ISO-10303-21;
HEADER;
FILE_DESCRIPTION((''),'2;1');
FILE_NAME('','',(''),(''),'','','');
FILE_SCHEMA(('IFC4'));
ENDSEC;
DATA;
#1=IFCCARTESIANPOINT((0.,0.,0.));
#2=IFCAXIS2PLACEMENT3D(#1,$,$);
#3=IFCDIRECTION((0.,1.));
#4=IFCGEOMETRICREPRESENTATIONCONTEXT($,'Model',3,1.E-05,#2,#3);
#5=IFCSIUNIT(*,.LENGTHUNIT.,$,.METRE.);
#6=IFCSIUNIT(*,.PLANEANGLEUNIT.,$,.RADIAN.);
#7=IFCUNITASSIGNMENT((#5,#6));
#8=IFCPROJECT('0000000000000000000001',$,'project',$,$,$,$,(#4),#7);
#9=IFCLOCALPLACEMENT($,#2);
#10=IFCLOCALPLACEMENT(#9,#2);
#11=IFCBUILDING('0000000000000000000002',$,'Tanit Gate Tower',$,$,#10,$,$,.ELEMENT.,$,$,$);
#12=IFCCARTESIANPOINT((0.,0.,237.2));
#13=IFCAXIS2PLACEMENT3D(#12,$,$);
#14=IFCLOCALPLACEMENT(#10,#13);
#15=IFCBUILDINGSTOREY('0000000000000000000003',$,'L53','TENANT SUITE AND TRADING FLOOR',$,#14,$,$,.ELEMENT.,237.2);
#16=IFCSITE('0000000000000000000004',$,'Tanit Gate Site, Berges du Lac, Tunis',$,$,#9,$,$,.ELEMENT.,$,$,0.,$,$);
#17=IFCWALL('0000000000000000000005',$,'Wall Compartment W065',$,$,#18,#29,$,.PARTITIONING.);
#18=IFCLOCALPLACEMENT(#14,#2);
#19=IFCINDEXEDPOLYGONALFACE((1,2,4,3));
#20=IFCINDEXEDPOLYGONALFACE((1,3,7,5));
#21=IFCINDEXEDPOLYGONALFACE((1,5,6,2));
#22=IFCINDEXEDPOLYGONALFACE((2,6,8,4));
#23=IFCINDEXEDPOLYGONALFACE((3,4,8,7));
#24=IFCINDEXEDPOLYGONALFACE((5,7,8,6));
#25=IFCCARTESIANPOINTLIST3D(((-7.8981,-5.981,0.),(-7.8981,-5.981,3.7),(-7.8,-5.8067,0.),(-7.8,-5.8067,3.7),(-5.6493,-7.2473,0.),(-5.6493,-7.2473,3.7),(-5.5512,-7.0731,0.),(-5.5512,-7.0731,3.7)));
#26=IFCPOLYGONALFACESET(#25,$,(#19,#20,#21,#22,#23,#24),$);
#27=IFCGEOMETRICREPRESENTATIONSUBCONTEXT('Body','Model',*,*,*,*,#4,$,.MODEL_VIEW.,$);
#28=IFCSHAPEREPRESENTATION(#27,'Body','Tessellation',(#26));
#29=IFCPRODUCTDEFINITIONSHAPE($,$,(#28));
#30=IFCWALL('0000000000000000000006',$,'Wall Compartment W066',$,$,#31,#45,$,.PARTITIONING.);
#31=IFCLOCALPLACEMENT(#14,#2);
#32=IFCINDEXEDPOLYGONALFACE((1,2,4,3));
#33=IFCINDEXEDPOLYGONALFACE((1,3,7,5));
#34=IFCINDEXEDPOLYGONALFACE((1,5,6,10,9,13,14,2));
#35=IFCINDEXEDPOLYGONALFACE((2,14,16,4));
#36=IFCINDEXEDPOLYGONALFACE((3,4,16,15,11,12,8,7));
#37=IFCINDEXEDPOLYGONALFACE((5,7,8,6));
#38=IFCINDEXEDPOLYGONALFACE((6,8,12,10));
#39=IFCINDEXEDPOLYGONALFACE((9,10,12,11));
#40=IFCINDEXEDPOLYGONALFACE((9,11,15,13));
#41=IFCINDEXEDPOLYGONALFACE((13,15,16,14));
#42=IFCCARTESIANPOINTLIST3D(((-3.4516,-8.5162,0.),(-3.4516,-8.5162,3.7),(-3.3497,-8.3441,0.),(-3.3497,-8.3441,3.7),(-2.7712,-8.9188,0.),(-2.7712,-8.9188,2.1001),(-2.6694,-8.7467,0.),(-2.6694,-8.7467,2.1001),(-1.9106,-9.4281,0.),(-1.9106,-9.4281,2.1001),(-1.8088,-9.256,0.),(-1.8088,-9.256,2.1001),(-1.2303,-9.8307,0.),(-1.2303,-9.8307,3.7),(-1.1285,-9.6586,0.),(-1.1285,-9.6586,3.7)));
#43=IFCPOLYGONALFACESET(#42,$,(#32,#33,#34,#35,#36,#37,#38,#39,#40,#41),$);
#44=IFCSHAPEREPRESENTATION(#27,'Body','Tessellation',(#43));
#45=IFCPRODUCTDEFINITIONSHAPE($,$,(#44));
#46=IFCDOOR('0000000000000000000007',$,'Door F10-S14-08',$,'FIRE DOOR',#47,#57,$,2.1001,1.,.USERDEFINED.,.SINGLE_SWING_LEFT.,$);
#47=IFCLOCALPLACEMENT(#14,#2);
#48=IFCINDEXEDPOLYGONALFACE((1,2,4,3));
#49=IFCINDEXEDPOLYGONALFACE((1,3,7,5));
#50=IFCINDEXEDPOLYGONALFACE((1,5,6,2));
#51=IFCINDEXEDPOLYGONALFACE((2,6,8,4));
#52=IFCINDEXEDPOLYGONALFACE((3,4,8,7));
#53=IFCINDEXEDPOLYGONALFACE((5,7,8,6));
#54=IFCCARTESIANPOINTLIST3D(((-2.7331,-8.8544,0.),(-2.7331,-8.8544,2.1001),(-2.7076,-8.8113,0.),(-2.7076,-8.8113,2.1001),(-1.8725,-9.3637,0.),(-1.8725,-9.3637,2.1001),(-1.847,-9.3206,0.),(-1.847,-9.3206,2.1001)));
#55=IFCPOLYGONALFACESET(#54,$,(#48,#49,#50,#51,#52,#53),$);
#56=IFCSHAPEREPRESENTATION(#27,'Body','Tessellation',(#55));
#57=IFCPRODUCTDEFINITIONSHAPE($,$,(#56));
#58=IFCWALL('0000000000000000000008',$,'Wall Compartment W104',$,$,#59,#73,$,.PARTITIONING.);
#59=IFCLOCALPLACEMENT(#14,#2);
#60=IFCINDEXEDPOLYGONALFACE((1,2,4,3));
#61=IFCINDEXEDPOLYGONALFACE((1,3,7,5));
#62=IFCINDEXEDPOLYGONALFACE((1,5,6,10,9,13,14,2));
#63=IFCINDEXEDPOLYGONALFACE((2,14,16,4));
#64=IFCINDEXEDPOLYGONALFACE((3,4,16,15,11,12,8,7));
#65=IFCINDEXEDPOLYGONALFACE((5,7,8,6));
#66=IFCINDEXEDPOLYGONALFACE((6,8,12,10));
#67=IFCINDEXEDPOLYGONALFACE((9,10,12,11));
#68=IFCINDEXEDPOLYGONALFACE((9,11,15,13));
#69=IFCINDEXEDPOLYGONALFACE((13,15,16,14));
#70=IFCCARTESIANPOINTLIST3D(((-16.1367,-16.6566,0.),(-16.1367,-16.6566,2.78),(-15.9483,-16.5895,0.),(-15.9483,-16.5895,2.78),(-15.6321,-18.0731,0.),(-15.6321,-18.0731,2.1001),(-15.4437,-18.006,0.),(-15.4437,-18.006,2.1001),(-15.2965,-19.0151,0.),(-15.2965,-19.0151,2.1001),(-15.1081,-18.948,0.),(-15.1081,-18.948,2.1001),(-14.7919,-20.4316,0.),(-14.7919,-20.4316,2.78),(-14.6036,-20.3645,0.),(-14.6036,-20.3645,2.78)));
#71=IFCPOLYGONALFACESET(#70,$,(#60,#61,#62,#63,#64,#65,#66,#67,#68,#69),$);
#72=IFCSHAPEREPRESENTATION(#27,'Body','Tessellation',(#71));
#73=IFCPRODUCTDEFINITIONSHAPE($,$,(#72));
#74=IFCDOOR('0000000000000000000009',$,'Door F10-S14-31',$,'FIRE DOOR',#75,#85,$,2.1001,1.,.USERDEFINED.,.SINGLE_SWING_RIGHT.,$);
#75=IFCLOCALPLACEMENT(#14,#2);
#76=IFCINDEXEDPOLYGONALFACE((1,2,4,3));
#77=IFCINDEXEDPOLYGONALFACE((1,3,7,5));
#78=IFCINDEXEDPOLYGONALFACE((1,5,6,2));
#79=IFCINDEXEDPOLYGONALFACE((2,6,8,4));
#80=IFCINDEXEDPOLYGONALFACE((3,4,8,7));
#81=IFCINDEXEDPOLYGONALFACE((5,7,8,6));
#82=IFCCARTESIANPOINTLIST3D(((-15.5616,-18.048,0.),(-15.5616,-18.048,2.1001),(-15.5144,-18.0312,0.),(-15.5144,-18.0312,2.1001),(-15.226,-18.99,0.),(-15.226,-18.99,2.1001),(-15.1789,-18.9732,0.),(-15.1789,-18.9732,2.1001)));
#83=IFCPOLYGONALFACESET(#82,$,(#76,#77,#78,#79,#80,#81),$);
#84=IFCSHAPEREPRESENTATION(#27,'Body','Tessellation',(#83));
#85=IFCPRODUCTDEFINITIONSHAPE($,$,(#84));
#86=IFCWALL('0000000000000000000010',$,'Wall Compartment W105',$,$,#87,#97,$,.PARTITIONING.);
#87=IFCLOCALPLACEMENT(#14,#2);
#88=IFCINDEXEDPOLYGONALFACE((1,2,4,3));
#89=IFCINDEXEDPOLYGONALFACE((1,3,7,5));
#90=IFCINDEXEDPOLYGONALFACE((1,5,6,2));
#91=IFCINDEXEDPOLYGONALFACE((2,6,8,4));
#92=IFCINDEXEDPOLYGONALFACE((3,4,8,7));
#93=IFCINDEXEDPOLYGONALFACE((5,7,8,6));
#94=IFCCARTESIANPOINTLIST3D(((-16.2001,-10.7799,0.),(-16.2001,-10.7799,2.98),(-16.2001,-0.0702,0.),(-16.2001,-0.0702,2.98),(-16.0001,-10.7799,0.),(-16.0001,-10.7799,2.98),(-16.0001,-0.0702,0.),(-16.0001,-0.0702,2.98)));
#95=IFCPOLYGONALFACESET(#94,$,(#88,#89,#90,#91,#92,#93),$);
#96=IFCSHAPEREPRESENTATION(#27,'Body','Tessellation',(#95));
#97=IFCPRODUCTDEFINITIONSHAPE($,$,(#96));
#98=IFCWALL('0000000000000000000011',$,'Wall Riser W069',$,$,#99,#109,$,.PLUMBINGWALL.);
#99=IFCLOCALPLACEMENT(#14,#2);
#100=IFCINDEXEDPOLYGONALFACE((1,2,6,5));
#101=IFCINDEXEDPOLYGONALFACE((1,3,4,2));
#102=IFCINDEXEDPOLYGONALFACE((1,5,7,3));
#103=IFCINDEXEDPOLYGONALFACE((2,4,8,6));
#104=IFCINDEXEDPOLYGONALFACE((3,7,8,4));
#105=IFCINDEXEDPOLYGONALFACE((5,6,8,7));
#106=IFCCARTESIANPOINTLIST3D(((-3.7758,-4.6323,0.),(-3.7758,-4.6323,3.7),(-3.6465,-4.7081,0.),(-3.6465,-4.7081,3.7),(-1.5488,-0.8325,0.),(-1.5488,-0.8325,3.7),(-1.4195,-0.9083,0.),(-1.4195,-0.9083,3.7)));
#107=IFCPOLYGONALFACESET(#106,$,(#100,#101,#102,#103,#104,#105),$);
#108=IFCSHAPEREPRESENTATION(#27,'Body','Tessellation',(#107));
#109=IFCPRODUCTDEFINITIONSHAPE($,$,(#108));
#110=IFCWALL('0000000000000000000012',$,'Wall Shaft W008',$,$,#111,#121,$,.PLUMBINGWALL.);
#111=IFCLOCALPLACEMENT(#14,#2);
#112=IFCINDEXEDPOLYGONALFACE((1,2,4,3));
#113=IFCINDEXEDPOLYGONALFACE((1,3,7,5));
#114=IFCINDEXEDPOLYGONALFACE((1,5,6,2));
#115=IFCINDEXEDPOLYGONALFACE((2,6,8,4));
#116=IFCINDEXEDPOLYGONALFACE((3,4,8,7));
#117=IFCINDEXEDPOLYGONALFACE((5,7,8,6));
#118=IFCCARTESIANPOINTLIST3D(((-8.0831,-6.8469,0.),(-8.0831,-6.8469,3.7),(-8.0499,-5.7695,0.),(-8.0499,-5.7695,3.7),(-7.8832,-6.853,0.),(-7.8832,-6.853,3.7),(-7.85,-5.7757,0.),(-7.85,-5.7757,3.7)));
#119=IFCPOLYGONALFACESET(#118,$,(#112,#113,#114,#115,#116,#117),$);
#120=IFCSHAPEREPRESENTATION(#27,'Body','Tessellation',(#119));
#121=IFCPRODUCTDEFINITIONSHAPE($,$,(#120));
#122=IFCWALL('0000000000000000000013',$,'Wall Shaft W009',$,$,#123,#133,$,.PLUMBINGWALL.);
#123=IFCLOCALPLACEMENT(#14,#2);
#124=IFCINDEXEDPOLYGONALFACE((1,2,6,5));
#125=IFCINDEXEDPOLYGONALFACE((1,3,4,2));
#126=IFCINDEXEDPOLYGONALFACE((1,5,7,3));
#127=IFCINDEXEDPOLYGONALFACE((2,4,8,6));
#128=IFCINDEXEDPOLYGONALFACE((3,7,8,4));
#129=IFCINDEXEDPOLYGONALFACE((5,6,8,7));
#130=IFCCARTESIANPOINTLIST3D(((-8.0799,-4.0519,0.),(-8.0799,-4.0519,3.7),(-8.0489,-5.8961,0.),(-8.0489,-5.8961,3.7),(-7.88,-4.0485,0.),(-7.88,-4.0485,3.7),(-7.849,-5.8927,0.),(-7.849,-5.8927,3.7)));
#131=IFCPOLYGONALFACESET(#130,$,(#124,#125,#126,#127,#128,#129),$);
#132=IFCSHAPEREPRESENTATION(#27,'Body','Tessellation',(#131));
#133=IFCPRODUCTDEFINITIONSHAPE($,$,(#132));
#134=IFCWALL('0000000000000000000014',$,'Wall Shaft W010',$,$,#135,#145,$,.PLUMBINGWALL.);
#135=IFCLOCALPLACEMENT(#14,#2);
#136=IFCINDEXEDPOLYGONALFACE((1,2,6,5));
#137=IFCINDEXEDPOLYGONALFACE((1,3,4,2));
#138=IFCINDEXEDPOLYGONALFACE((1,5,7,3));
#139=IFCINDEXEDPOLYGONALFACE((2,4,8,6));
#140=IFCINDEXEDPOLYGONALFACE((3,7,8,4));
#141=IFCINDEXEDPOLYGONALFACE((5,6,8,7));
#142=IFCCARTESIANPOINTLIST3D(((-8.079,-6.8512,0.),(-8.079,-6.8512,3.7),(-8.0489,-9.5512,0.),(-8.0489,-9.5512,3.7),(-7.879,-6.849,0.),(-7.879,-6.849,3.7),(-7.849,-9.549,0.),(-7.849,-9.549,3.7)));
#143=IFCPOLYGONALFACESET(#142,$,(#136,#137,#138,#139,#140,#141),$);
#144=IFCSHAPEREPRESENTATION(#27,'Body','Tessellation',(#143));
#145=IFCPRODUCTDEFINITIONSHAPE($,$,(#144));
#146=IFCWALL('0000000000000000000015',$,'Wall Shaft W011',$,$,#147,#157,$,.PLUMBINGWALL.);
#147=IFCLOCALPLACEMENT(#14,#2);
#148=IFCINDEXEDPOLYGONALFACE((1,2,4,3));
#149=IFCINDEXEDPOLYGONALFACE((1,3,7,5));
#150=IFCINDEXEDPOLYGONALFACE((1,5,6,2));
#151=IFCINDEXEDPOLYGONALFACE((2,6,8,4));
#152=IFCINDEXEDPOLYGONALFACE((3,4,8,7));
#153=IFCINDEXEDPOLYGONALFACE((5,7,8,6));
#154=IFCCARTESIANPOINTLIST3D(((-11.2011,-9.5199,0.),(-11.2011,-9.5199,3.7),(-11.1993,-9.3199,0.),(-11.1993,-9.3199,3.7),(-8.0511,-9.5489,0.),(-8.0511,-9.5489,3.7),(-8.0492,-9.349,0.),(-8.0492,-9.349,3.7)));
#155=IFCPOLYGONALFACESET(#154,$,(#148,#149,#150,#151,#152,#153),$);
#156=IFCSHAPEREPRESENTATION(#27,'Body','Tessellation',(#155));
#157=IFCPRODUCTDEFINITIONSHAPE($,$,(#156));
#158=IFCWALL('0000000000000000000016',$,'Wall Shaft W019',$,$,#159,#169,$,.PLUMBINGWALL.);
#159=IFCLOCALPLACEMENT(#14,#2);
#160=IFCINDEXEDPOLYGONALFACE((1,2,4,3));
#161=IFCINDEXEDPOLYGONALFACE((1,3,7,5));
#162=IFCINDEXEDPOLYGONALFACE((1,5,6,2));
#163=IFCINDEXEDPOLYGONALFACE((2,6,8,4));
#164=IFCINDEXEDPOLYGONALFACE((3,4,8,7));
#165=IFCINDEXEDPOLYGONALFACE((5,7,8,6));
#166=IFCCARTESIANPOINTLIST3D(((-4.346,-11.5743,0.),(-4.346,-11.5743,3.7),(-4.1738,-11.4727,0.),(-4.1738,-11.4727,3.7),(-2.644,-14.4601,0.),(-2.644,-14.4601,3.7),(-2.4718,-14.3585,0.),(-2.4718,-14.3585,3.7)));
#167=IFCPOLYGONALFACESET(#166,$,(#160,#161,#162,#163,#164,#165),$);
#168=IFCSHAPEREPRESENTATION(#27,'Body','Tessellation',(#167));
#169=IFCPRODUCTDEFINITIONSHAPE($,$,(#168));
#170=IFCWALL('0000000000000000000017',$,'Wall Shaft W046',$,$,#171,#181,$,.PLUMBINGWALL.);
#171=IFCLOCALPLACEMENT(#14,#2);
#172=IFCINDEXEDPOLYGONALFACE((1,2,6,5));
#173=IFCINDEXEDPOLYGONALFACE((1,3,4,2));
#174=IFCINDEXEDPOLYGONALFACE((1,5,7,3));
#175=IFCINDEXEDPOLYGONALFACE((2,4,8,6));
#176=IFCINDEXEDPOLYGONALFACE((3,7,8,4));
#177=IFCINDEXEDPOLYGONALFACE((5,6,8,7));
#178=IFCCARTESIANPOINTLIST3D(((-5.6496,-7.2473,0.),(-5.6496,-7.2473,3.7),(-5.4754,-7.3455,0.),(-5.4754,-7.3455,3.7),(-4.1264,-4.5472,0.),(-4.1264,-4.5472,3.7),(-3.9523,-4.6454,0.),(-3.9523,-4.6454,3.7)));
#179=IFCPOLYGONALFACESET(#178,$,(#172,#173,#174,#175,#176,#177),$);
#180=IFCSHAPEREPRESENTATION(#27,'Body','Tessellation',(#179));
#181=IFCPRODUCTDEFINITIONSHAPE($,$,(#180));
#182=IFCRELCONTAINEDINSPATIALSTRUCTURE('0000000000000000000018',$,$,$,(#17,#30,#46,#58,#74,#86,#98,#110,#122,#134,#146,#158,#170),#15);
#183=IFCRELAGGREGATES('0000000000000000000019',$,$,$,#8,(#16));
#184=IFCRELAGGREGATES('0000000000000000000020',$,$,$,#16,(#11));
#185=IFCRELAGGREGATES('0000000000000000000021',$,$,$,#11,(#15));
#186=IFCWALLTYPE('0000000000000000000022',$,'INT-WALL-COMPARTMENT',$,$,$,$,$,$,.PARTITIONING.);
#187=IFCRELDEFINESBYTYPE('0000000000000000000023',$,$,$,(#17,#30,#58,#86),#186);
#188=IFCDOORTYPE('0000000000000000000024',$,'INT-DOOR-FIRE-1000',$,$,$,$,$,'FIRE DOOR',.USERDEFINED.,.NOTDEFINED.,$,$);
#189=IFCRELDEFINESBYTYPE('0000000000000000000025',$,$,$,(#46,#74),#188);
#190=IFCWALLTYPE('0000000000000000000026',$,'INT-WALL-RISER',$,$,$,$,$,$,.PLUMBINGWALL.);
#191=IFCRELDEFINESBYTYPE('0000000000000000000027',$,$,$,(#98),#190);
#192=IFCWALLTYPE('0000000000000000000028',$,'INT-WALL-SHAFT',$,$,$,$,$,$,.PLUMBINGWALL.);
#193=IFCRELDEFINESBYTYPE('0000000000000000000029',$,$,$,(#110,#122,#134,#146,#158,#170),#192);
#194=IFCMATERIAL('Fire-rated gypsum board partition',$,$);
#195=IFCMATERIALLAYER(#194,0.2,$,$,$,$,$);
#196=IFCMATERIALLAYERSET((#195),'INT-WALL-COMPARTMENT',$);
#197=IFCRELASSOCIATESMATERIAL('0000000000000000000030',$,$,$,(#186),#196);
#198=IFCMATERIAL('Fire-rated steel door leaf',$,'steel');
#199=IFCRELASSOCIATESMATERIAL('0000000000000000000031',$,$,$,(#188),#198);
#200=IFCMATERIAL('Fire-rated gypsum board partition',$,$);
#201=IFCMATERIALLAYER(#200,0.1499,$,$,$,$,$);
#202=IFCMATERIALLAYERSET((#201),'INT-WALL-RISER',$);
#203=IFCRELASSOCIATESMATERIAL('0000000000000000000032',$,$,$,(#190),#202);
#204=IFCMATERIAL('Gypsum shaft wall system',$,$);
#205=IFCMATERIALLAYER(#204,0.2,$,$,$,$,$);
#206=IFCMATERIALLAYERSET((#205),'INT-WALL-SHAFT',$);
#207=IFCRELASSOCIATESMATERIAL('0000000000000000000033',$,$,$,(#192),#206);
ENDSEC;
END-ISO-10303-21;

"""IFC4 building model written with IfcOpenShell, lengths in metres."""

from ifc_helpers import new_model, si_unit, direction, frame, frame_2d, origin, place, context, subcontext, project, spatial, rectangle, extrude, material, layer, layer_set, type_object, element, fill, save


model = new_model("IFC4")

# Units and contexts
model_context = context("Model", 3, precision=1e-05, world=origin(), true_north=direction((0.0, 1.0)))
body_context = subcontext(model_context, "Body", "Model", "MODEL_VIEW")
ifc_project = project(units=[si_unit("LENGTHUNIT", "METRE"), si_unit("PLANEANGLEUNIT", "RADIAN")], contexts=[model_context])

# Site, building, storey
site_placement = place(None, origin())
site = spatial("IfcSite", under=ifc_project, at=site_placement, Name="Tanit Gate Site, Berges du Lac, Tunis", CompositionType="ELEMENT", RefElevation=0.0)
building_placement = place(site_placement, origin())
building = spatial("IfcBuilding", under=site, at=building_placement, Name="Tanit Gate Tower", CompositionType="ELEMENT")
storey_placement = place(building_placement, frame((0.0, 0.0, 237.2)))
storey = spatial("IfcBuildingStorey", under=building, at=storey_placement, Name="L53", Description="TENANT SUITE AND TRADING FLOOR", CompositionType="ELEMENT", Elevation=237.2)

# Wall
ifc_material_1 = material(Name="Fire-rated gypsum board partition")
ifc_layer_1 = layer(ifc_material_1, 0.2)
ifc_layer_set_1 = layer_set([ifc_layer_1], Name="INT-WALL-COMPARTMENT")
wall_type_1 = type_object("IfcWallType", Name="INT-WALL-COMPARTMENT", PredefinedType="PARTITIONING", material=ifc_layer_set_1)
wall_1_placement = place(storey_placement, frame((-7.8491, -5.8938, 0.0), z_axis=(0.0, 0.0, 1.0), x_axis=(0.87134, -0.490679, 0.0)))
element("IfcWall", 1, at=wall_1_placement, inside=storey, type_object=wall_type_1, Name="Wall Compartment W065", PredefinedType="PARTITIONING", context=body_context, shape_type="SweptSolid", body=[
    extrude(rectangle(XDim=2.5808, YDim=0.2, at=frame_2d((1.2905, 0.0))), origin(), (0.0, 0.0, 1.0), 3.7),
])

# Walls, openings, doors
wall_2_placement = place(storey_placement, frame((-3.4006, -8.4302, 0.0), z_axis=(0.0, 0.0, 1.0), x_axis=(0.860599, -0.509284, 0.0)))
wall_2 = element("IfcWall", 2, at=wall_2_placement, inside=storey, type_object=wall_type_1, Name="Wall Compartment W066", PredefinedType="PARTITIONING", context=body_context, shape_type="SweptSolid", body=[
    extrude(rectangle(XDim=2.5811, YDim=0.2, at=frame_2d((1.2905, 0.0))), origin(), (0.0, 0.0, 1.0), 3.7),
])
opening_1_placement = place(wall_2_placement, frame((0.7905, 0.0, 0.0)))
opening_1 = element("IfcOpeningElement", 3, at=opening_1_placement, cuts=wall_2, PredefinedType="OPENING", context=body_context, shape_type="SweptSolid", body=[
    extrude(rectangle(XDim=1.0, YDim=2.1001, at=frame_2d((0.5, 1.05))), frame((0.0, 0.1099, 0.0), z_axis=(0.0, -1.0, 0.0), x_axis=(1.0, 0.0, 0.0)), (0.0, 0.0, 1.0), 0.22),
])
ifc_material_2 = material(Name="Fire-rated steel door leaf", Category="steel")
door_type_1 = type_object("IfcDoorType", Name="INT-DOOR-FIRE-1000", ElementType="FIRE DOOR", OperationType="NOTDEFINED", PredefinedType="USERDEFINED", material=ifc_material_2)
door_1_placement = place(opening_1_placement, origin())
door_1 = element("IfcDoor", 4, at=door_1_placement, inside=storey, type_object=door_type_1, Name="Door F10-S14-08", ObjectType="FIRE DOOR", OperationType="SINGLE_SWING_LEFT", OverallHeight=2.1001, OverallWidth=1.0, PredefinedType="USERDEFINED", context=body_context, shape_type="SweptSolid", body=[
    extrude(rectangle(XDim=1.0, YDim=2.1001, at=frame_2d((0.5, 1.05))), frame((0.0, 0.0249, 0.0), z_axis=(0.0, -1.0, 0.0), x_axis=(1.0, 0.0, 0.0)), (0.0, 0.0, 1.0), 0.05),
])
fill(opening_1, door_1)
wall_3_placement = place(storey_placement, frame((-16.0425, -16.623, 0.0), z_axis=(0.0, 0.0, 1.0), x_axis=(0.335572, -0.942015, 0.0)))
wall_3 = element("IfcWall", 5, at=wall_3_placement, inside=storey, type_object=wall_type_1, Name="Wall Compartment W104", PredefinedType="PARTITIONING", context=body_context, shape_type="SweptSolid", body=[
    extrude(rectangle(XDim=4.0073, YDim=0.2, at=frame_2d((2.0037, 0.0))), origin(), (0.0, 0.0, 1.0), 2.78),
])
opening_2_placement = place(wall_3_placement, frame((1.5037, 0.0, 0.0)))
opening_2 = element("IfcOpeningElement", 6, at=opening_2_placement, cuts=wall_3, PredefinedType="OPENING", context=body_context, shape_type="SweptSolid", body=[
    extrude(rectangle(XDim=1.0, YDim=2.1001, at=frame_2d((0.5, 1.05))), frame((0.0, 0.1099, 0.0), z_axis=(0.0, -1.0, 0.0), x_axis=(1.0, 0.0, 0.0)), (0.0, 0.0, 1.0), 0.22),
])
door_2_placement = place(opening_2_placement, origin())
door_2 = element("IfcDoor", 7, at=door_2_placement, inside=storey, type_object=door_type_1, Name="Door F10-S14-31", ObjectType="FIRE DOOR", OperationType="SINGLE_SWING_RIGHT", OverallHeight=2.1001, OverallWidth=1.0, PredefinedType="USERDEFINED", context=body_context, shape_type="SweptSolid", body=[
    extrude(rectangle(XDim=1.0, YDim=2.1001, at=frame_2d((0.5, 1.05))), frame((0.0, 0.0249, 0.0), z_axis=(0.0, -1.0, 0.0), x_axis=(1.0, 0.0, 0.0)), (0.0, 0.0, 1.0), 0.05),
])
fill(opening_2, door_2)

# Walls
wall_4_placement = place(storey_placement, frame((-16.1001, -0.0701, 0.0), z_axis=(0.0, 0.0, 1.0), x_axis=(0.0, -1.0, 0.0)))
element("IfcWall", 8, at=wall_4_placement, inside=storey, type_object=wall_type_1, Name="Wall Compartment W105", PredefinedType="PARTITIONING", context=body_context, shape_type="SweptSolid", body=[
    extrude(rectangle(XDim=10.7097, YDim=0.2, at=frame_2d((5.355, 0.0))), origin(), (0.0, 0.0, 1.0), 2.98),
])
ifc_material_3 = material(Name="Fire-rated gypsum board partition")
ifc_layer_2 = layer(ifc_material_3, 0.1499)
ifc_layer_set_2 = layer_set([ifc_layer_2], Name="INT-WALL-RISER")
wall_type_2 = type_object("IfcWallType", Name="INT-WALL-RISER", PredefinedType="PLUMBINGWALL", material=ifc_layer_set_2)
wall_5_placement = place(storey_placement, frame((-3.7112, -4.6702, 0.0), z_axis=(0.0, 0.0, 1.0), x_axis=(0.505648, 0.86274, 0.0)))
element("IfcWall", 9, at=wall_5_placement, inside=storey, type_object=wall_type_2, Name="Wall Riser W069", PredefinedType="PLUMBINGWALL", context=body_context, shape_type="SweptSolid", body=[
    extrude(rectangle(XDim=4.4043, YDim=0.1499, at=frame_2d((2.2021, 0.0))), origin(), (0.0, 0.0, 1.0), 3.7),
])
ifc_material_4 = material(Name="Gypsum shaft wall system")
ifc_layer_3 = layer(ifc_material_4, 0.2)
ifc_layer_set_3 = layer_set([ifc_layer_3], Name="INT-WALL-SHAFT")
wall_type_3 = type_object("IfcWallType", Name="INT-WALL-SHAFT", PredefinedType="PLUMBINGWALL", material=ifc_layer_set_3)
wall_6_placement = place(storey_placement, frame((-7.95, -5.7725, 0.0), z_axis=(0.0, 0.0, 1.0), x_axis=(-0.030803, -0.999525, 0.0)))
element("IfcWall", 10, at=wall_6_placement, inside=storey, type_object=wall_type_3, Name="Wall Shaft W008", PredefinedType="PLUMBINGWALL", context=body_context, shape_type="SweptSolid", body=[
    extrude(rectangle(XDim=1.0779, YDim=0.2, at=frame_2d((0.5391, 0.0))), origin(), (0.0, 0.0, 1.0), 3.7),
])
wall_7_placement = place(storey_placement, frame((-7.98, -4.05, 0.0), z_axis=(0.0, 0.0, 1.0), x_axis=(0.01681, -0.999859, 0.0)))
element("IfcWall", 11, at=wall_7_placement, inside=storey, type_object=wall_type_3, Name="Wall Shaft W009", PredefinedType="PLUMBINGWALL", context=body_context, shape_type="SweptSolid", body=[
    extrude(rectangle(XDim=1.8445, YDim=0.2, at=frame_2d((0.9224, 0.0))), origin(), (0.0, 0.0, 1.0), 3.7),
])
wall_8_placement = place(storey_placement, frame((-7.979, -6.8501, 0.0), z_axis=(0.0, 0.0, 1.0), x_axis=(0.011121, -0.999938, 0.0)))
element("IfcWall", 12, at=wall_8_placement, inside=storey, type_object=wall_type_3, Name="Wall Shaft W010", PredefinedType="PLUMBINGWALL", context=body_context, shape_type="SweptSolid", body=[
    extrude(rectangle(XDim=2.7002, YDim=0.2, at=frame_2d((1.3501, 0.0))), origin(), (0.0, 0.0, 1.0), 3.7),
])
wall_9_placement = place(storey_placement, frame((-8.05, -9.449, 0.0), z_axis=(0.0, 0.0, 1.0), x_axis=(-0.999957, 0.009223, 0.0)))
element("IfcWall", 13, at=wall_9_placement, inside=storey, type_object=wall_type_3, Name="Wall Shaft W011", PredefinedType="PLUMBINGWALL", context=body_context, shape_type="SweptSolid", body=[
    extrude(rectangle(XDim=3.1501, YDim=0.2, at=frame_2d((1.5752, 0.0))), origin(), (0.0, 0.0, 1.0), 3.7),
])
wall_10_placement = place(storey_placement, frame((-2.5579, -14.4094, 0.0), z_axis=(0.0, 0.0, 1.0), x_axis=(-0.507997, 0.861359, 0.0)))
element("IfcWall", 14, at=wall_10_placement, inside=storey, type_object=wall_type_3, Name="Wall Shaft W019", PredefinedType="PLUMBINGWALL", context=body_context, shape_type="SweptSolid", body=[
    extrude(rectangle(XDim=3.3503, YDim=0.2, at=frame_2d((1.6753, 0.0))), origin(), (0.0, 0.0, 1.0), 3.7),
])

# Wall
wall_11_placement = place(storey_placement, frame((-5.5625, -7.2964, 0.0), z_axis=(0.0, 0.0, 1.0), x_axis=(0.491323, 0.870978, 0.0)))
element("IfcWall", 15, at=wall_11_placement, inside=storey, type_object=wall_type_3, Name="Wall Shaft W046", PredefinedType="PLUMBINGWALL", context=body_context, shape_type="SweptSolid", body=[
    extrude(rectangle(XDim=3.1001, YDim=0.2, at=frame_2d((1.55, 0.0))), origin(), (0.0, 0.0, 1.0), 3.7),
])

save(model, "model.ifc")
